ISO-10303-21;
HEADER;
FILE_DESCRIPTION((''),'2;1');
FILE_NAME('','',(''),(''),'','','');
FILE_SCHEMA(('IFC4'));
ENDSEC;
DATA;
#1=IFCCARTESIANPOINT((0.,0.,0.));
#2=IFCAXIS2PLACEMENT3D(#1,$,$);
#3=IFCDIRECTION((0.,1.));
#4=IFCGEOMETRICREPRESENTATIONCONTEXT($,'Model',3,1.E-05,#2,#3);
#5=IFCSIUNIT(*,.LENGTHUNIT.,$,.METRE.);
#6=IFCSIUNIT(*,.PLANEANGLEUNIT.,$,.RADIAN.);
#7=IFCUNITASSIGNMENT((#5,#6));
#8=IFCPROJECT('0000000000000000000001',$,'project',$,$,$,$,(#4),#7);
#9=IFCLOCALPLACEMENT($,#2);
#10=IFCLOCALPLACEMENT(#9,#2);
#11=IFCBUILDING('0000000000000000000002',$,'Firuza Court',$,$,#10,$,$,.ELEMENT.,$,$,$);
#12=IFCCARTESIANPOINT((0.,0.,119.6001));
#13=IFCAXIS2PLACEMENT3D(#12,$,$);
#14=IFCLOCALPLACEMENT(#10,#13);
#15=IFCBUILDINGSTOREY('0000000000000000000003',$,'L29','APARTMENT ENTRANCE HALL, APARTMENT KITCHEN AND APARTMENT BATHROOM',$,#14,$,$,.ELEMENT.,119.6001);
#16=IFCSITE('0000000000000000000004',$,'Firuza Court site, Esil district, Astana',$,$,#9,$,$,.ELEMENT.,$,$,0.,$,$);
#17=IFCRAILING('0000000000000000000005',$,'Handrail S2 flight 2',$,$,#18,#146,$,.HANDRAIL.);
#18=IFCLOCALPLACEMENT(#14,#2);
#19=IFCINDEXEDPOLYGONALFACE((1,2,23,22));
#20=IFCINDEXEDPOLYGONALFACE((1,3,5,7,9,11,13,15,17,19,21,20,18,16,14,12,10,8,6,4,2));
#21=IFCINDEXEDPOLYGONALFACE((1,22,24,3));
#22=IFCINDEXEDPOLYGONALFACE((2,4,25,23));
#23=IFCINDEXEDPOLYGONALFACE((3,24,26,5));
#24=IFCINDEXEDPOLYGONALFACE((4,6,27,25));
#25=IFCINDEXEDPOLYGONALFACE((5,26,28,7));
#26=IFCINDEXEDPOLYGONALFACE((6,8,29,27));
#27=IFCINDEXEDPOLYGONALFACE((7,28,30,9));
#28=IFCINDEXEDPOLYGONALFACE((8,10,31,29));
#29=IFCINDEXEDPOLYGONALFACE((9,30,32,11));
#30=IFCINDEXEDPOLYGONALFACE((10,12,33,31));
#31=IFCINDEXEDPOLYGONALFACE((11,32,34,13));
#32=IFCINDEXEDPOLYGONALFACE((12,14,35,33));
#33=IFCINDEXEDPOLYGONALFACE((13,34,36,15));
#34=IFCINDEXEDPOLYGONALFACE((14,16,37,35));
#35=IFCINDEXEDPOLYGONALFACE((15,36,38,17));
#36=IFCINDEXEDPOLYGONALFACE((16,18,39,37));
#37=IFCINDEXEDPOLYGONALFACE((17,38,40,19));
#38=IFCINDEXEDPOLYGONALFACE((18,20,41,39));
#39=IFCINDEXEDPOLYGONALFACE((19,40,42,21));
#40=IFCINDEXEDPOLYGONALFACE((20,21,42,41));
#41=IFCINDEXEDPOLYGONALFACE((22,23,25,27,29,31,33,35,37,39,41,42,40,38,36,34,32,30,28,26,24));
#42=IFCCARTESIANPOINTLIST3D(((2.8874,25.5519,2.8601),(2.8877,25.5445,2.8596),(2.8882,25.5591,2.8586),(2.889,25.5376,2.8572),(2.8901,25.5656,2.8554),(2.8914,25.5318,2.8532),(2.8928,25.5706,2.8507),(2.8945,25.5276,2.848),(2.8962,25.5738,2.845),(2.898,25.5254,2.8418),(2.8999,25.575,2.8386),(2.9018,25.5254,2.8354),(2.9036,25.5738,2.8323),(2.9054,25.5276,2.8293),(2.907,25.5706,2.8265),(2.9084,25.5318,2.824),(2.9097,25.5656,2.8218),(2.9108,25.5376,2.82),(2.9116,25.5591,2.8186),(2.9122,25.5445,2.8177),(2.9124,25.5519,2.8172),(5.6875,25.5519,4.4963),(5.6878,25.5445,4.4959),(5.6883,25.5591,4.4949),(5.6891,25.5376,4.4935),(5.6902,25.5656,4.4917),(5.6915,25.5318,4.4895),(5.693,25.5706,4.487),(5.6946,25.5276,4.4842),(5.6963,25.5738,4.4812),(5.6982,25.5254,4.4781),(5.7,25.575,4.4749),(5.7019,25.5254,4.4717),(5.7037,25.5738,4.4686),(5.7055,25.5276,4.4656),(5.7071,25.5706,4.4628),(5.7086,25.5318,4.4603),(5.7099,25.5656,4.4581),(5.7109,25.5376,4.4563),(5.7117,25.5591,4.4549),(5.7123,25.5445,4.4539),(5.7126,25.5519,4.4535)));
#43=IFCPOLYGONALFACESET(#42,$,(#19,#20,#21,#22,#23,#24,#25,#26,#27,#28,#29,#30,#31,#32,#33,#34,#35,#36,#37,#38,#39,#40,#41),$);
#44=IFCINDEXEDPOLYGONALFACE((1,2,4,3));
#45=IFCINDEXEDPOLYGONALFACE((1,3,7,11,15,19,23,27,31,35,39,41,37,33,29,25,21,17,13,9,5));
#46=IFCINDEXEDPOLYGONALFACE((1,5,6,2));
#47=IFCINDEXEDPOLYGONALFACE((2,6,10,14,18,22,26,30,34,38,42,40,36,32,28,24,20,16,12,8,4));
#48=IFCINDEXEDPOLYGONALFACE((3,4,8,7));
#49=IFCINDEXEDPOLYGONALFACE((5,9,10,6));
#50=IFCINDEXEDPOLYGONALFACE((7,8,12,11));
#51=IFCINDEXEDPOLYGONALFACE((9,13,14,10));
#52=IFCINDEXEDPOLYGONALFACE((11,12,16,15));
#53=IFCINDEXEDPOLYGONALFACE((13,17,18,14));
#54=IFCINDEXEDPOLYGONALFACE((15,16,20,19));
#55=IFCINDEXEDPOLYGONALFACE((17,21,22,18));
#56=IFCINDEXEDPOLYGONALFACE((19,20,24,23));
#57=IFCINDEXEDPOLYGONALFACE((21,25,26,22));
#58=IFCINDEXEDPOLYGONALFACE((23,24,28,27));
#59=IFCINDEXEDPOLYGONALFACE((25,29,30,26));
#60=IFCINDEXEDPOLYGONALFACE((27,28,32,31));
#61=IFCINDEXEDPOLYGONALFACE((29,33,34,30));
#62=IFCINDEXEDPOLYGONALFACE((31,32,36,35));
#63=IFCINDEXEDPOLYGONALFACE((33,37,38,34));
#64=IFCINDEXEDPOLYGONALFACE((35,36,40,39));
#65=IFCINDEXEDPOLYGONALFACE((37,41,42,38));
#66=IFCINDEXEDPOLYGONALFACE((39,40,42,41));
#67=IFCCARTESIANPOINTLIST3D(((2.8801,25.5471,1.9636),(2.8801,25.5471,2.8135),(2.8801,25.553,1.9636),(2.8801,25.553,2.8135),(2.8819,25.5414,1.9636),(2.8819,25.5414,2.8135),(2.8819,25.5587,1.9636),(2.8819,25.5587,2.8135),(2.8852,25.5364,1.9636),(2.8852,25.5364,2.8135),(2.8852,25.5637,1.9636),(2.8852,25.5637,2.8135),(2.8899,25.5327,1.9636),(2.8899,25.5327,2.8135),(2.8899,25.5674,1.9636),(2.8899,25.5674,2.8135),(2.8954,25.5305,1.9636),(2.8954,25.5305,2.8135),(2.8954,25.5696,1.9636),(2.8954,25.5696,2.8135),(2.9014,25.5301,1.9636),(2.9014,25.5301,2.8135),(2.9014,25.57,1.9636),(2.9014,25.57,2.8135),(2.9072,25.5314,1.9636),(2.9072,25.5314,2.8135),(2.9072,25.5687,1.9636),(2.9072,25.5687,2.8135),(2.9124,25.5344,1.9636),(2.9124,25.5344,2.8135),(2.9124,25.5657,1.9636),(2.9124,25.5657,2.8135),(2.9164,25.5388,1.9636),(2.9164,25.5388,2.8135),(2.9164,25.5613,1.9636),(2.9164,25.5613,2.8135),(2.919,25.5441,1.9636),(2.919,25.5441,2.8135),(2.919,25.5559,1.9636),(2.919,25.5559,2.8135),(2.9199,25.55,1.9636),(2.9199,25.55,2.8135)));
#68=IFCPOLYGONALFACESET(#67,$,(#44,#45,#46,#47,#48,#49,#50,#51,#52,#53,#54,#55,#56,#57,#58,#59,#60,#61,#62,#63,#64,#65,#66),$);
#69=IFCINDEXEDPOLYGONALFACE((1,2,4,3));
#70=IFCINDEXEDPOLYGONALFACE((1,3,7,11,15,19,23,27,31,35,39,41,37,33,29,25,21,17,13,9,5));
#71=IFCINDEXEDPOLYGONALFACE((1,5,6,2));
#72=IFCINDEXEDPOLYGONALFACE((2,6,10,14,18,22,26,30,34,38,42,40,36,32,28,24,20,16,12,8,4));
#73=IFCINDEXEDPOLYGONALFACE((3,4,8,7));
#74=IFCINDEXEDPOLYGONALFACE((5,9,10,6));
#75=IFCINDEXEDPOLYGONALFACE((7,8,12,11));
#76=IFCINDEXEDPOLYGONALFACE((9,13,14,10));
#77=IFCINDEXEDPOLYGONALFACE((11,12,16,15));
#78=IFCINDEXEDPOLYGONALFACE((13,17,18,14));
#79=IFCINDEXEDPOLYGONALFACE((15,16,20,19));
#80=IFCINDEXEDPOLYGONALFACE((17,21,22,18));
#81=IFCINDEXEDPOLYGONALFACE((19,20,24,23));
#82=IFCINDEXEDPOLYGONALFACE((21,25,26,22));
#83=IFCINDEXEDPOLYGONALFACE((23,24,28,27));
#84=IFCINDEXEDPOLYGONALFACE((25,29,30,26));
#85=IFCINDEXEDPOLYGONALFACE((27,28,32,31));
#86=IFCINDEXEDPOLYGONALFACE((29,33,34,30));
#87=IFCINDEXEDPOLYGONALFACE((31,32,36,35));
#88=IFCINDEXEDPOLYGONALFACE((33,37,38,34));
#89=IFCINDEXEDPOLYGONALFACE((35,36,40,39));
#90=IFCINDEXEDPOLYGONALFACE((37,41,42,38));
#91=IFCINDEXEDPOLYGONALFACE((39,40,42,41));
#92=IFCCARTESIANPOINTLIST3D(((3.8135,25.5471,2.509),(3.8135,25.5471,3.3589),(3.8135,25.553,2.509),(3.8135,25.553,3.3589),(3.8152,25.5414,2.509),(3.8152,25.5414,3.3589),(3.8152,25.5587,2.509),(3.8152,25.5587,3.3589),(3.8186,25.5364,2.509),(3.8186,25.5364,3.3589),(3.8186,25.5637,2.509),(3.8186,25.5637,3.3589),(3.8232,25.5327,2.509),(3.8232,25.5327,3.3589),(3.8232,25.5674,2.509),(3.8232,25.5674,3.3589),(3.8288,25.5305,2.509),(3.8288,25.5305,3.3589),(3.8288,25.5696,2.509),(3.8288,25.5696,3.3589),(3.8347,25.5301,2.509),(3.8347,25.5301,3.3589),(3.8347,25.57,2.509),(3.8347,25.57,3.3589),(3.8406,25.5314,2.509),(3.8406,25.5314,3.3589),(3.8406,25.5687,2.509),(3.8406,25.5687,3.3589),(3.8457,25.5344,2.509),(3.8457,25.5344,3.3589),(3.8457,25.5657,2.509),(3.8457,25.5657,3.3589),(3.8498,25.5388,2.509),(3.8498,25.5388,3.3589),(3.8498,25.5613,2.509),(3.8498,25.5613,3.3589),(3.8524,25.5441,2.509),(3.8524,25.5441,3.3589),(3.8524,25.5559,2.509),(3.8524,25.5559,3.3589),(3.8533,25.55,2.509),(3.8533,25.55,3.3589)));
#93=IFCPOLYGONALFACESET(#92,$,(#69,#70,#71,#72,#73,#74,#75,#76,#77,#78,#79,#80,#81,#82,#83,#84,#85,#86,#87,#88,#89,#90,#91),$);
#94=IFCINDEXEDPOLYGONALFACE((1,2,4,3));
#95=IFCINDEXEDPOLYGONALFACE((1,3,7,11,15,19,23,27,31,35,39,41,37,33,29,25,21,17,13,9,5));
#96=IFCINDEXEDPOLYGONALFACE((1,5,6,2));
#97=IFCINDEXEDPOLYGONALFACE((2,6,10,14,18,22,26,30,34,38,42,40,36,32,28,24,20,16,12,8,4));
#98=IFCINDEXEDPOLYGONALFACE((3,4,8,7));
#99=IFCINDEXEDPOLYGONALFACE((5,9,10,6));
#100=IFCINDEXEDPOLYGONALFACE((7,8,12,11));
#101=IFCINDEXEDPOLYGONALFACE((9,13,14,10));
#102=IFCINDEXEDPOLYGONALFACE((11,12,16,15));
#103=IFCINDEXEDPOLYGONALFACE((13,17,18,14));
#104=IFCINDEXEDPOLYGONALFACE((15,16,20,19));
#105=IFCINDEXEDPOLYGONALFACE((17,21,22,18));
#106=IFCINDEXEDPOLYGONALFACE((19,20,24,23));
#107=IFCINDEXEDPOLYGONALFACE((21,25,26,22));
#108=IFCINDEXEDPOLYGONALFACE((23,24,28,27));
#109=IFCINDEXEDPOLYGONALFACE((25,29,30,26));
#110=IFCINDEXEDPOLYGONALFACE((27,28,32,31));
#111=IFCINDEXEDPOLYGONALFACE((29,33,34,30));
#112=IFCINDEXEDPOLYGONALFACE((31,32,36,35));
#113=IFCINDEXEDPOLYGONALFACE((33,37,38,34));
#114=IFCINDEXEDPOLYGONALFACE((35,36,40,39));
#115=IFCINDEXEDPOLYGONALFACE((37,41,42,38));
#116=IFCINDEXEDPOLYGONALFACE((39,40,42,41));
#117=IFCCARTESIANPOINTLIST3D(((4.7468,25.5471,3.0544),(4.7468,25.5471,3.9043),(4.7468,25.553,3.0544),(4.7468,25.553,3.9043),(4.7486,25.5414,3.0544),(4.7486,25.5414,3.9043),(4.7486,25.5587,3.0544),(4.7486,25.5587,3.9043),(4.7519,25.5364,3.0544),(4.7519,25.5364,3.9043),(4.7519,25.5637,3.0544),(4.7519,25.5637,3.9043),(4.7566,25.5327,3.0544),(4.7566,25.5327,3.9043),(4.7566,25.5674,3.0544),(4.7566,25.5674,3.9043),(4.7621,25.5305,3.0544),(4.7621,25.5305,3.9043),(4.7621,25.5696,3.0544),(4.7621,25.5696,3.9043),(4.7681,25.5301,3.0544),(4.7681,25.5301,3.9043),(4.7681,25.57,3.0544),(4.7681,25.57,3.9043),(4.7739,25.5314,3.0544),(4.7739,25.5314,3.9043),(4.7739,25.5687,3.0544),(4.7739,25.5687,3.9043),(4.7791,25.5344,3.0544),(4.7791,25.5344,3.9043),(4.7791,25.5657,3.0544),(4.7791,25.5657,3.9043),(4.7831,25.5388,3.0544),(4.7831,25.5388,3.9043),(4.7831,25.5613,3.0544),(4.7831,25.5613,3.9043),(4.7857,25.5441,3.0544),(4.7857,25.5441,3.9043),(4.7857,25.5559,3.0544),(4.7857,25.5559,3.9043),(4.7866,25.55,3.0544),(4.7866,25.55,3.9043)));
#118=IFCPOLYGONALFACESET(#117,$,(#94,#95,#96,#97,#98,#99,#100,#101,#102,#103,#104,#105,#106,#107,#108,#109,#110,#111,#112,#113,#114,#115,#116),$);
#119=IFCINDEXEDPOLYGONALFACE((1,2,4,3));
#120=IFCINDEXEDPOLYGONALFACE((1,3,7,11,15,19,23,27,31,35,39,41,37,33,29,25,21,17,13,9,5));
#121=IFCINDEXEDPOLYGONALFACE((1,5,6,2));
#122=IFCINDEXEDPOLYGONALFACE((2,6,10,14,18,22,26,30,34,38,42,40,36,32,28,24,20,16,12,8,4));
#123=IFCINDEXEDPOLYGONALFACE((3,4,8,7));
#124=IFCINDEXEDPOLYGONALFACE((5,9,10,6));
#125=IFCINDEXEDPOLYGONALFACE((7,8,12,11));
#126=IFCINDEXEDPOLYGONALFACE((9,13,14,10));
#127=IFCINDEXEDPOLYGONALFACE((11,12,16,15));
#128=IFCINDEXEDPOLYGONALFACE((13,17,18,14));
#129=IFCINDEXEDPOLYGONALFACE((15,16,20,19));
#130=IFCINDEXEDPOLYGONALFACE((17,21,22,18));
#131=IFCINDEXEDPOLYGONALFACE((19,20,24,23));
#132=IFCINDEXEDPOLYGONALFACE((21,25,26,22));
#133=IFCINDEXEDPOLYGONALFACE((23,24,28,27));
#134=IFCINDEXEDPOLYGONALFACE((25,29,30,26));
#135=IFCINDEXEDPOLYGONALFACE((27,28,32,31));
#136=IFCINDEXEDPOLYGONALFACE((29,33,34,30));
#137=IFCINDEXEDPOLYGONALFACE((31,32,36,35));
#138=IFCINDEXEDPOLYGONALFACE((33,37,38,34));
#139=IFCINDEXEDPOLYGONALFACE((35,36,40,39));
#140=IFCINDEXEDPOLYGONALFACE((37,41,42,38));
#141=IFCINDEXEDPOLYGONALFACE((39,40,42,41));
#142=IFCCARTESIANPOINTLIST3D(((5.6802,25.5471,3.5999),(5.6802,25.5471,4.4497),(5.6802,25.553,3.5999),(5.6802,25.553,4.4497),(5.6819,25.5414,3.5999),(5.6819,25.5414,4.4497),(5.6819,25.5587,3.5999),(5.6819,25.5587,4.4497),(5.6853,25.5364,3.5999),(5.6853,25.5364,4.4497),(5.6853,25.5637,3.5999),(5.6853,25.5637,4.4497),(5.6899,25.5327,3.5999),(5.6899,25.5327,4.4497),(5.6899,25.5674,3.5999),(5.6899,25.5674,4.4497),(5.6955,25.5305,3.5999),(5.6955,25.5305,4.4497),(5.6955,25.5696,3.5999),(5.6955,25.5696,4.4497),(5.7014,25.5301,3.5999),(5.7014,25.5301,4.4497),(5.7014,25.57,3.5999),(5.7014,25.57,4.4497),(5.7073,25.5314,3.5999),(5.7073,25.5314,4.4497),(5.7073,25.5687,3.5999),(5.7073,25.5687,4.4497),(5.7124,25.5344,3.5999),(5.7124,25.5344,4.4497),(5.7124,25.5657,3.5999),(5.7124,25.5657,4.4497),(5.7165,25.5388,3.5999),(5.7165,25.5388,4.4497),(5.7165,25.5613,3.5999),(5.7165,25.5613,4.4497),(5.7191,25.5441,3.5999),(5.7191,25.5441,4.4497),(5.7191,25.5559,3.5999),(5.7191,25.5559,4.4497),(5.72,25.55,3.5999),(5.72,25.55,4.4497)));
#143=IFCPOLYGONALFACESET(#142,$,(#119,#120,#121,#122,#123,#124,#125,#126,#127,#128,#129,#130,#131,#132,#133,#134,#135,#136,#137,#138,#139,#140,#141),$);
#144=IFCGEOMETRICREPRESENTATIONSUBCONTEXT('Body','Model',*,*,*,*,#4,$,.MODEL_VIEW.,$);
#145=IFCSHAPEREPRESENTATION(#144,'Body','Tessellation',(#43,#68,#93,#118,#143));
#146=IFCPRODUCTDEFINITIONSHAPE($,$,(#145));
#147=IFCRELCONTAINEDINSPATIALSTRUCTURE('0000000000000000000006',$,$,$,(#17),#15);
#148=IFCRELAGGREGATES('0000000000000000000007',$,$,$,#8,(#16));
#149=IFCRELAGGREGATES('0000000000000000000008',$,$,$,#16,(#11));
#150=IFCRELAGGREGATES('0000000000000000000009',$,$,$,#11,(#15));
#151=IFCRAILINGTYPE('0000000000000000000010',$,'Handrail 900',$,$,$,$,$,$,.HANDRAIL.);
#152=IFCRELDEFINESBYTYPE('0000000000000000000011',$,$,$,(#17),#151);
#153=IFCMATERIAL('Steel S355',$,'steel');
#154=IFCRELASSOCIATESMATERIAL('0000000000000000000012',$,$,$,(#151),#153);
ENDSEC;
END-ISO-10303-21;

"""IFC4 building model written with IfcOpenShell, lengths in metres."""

from ifc_helpers import new_model, si_unit, direction, frame, origin, origin_2d, place, context, subcontext, project, spatial, circle, extrude, material, type_object, element, save


model = new_model("IFC4")

# Units and contexts
model_context = context("Model", 3, precision=1e-05, world=origin(), true_north=direction((0.0, 1.0)))
body_context = subcontext(model_context, "Body", "Model", "MODEL_VIEW")
ifc_project = project(units=[si_unit("LENGTHUNIT", "METRE"), si_unit("PLANEANGLEUNIT", "RADIAN")], contexts=[model_context])

# Site, building, storey
site_placement = place(None, origin())
site = spatial("IfcSite", under=ifc_project, at=site_placement, Name="Firuza Court site, Esil district, Astana", CompositionType="ELEMENT", RefElevation=0.0)
building_placement = place(site_placement, origin())
building = spatial("IfcBuilding", under=site, at=building_placement, Name="Firuza Court", CompositionType="ELEMENT")
storey_placement = place(building_placement, frame((0.0, 0.0, 119.6001)))
storey = spatial("IfcBuildingStorey", under=building, at=storey_placement, Name="L29", Description="APARTMENT ENTRANCE HALL, APARTMENT KITCHEN AND APARTMENT BATHROOM", CompositionType="ELEMENT", Elevation=119.6001)

# Railing
ifc_material_1 = material(Name="Steel S355", Category="steel")
railing_type = type_object("IfcRailingType", Name="Handrail 900", PredefinedType="HANDRAIL", material=ifc_material_1)
railing_placement = place(storey_placement, frame((2.8999, 25.55, 1.9636)))
element("IfcRailing", 1, at=railing_placement, inside=storey, type_object=railing_type, Name="Handrail S2 flight 2", PredefinedType="HANDRAIL", context=body_context, shape_type="SweptSolid", body=[
    extrude(circle(Radius=0.0249, at=origin_2d()), frame((0.0, 0.0, 0.875), z_axis=(0.863394, 0.0, 0.504531), x_axis=(0.0, 1.0, 0.0)), (0.0, 0.0, 1.0), 3.2432),
    extrude(circle(Radius=0.02, at=origin_2d()), origin(), (0.0, 0.0, 1.0), 0.8499),
    extrude(circle(Radius=0.02, at=origin_2d()), frame((0.9333, 0.0, 0.5454)), (0.0, 0.0, 1.0), 0.8499),
    extrude(circle(Radius=0.02, at=origin_2d()), frame((1.8667, 0.0, 1.0908)), (0.0, 0.0, 1.0), 0.8499),
    extrude(circle(Radius=0.02, at=origin_2d()), frame((2.8, 0.0, 1.6362)), (0.0, 0.0, 1.0), 0.8499),
])

save(model, "model.ifc")
